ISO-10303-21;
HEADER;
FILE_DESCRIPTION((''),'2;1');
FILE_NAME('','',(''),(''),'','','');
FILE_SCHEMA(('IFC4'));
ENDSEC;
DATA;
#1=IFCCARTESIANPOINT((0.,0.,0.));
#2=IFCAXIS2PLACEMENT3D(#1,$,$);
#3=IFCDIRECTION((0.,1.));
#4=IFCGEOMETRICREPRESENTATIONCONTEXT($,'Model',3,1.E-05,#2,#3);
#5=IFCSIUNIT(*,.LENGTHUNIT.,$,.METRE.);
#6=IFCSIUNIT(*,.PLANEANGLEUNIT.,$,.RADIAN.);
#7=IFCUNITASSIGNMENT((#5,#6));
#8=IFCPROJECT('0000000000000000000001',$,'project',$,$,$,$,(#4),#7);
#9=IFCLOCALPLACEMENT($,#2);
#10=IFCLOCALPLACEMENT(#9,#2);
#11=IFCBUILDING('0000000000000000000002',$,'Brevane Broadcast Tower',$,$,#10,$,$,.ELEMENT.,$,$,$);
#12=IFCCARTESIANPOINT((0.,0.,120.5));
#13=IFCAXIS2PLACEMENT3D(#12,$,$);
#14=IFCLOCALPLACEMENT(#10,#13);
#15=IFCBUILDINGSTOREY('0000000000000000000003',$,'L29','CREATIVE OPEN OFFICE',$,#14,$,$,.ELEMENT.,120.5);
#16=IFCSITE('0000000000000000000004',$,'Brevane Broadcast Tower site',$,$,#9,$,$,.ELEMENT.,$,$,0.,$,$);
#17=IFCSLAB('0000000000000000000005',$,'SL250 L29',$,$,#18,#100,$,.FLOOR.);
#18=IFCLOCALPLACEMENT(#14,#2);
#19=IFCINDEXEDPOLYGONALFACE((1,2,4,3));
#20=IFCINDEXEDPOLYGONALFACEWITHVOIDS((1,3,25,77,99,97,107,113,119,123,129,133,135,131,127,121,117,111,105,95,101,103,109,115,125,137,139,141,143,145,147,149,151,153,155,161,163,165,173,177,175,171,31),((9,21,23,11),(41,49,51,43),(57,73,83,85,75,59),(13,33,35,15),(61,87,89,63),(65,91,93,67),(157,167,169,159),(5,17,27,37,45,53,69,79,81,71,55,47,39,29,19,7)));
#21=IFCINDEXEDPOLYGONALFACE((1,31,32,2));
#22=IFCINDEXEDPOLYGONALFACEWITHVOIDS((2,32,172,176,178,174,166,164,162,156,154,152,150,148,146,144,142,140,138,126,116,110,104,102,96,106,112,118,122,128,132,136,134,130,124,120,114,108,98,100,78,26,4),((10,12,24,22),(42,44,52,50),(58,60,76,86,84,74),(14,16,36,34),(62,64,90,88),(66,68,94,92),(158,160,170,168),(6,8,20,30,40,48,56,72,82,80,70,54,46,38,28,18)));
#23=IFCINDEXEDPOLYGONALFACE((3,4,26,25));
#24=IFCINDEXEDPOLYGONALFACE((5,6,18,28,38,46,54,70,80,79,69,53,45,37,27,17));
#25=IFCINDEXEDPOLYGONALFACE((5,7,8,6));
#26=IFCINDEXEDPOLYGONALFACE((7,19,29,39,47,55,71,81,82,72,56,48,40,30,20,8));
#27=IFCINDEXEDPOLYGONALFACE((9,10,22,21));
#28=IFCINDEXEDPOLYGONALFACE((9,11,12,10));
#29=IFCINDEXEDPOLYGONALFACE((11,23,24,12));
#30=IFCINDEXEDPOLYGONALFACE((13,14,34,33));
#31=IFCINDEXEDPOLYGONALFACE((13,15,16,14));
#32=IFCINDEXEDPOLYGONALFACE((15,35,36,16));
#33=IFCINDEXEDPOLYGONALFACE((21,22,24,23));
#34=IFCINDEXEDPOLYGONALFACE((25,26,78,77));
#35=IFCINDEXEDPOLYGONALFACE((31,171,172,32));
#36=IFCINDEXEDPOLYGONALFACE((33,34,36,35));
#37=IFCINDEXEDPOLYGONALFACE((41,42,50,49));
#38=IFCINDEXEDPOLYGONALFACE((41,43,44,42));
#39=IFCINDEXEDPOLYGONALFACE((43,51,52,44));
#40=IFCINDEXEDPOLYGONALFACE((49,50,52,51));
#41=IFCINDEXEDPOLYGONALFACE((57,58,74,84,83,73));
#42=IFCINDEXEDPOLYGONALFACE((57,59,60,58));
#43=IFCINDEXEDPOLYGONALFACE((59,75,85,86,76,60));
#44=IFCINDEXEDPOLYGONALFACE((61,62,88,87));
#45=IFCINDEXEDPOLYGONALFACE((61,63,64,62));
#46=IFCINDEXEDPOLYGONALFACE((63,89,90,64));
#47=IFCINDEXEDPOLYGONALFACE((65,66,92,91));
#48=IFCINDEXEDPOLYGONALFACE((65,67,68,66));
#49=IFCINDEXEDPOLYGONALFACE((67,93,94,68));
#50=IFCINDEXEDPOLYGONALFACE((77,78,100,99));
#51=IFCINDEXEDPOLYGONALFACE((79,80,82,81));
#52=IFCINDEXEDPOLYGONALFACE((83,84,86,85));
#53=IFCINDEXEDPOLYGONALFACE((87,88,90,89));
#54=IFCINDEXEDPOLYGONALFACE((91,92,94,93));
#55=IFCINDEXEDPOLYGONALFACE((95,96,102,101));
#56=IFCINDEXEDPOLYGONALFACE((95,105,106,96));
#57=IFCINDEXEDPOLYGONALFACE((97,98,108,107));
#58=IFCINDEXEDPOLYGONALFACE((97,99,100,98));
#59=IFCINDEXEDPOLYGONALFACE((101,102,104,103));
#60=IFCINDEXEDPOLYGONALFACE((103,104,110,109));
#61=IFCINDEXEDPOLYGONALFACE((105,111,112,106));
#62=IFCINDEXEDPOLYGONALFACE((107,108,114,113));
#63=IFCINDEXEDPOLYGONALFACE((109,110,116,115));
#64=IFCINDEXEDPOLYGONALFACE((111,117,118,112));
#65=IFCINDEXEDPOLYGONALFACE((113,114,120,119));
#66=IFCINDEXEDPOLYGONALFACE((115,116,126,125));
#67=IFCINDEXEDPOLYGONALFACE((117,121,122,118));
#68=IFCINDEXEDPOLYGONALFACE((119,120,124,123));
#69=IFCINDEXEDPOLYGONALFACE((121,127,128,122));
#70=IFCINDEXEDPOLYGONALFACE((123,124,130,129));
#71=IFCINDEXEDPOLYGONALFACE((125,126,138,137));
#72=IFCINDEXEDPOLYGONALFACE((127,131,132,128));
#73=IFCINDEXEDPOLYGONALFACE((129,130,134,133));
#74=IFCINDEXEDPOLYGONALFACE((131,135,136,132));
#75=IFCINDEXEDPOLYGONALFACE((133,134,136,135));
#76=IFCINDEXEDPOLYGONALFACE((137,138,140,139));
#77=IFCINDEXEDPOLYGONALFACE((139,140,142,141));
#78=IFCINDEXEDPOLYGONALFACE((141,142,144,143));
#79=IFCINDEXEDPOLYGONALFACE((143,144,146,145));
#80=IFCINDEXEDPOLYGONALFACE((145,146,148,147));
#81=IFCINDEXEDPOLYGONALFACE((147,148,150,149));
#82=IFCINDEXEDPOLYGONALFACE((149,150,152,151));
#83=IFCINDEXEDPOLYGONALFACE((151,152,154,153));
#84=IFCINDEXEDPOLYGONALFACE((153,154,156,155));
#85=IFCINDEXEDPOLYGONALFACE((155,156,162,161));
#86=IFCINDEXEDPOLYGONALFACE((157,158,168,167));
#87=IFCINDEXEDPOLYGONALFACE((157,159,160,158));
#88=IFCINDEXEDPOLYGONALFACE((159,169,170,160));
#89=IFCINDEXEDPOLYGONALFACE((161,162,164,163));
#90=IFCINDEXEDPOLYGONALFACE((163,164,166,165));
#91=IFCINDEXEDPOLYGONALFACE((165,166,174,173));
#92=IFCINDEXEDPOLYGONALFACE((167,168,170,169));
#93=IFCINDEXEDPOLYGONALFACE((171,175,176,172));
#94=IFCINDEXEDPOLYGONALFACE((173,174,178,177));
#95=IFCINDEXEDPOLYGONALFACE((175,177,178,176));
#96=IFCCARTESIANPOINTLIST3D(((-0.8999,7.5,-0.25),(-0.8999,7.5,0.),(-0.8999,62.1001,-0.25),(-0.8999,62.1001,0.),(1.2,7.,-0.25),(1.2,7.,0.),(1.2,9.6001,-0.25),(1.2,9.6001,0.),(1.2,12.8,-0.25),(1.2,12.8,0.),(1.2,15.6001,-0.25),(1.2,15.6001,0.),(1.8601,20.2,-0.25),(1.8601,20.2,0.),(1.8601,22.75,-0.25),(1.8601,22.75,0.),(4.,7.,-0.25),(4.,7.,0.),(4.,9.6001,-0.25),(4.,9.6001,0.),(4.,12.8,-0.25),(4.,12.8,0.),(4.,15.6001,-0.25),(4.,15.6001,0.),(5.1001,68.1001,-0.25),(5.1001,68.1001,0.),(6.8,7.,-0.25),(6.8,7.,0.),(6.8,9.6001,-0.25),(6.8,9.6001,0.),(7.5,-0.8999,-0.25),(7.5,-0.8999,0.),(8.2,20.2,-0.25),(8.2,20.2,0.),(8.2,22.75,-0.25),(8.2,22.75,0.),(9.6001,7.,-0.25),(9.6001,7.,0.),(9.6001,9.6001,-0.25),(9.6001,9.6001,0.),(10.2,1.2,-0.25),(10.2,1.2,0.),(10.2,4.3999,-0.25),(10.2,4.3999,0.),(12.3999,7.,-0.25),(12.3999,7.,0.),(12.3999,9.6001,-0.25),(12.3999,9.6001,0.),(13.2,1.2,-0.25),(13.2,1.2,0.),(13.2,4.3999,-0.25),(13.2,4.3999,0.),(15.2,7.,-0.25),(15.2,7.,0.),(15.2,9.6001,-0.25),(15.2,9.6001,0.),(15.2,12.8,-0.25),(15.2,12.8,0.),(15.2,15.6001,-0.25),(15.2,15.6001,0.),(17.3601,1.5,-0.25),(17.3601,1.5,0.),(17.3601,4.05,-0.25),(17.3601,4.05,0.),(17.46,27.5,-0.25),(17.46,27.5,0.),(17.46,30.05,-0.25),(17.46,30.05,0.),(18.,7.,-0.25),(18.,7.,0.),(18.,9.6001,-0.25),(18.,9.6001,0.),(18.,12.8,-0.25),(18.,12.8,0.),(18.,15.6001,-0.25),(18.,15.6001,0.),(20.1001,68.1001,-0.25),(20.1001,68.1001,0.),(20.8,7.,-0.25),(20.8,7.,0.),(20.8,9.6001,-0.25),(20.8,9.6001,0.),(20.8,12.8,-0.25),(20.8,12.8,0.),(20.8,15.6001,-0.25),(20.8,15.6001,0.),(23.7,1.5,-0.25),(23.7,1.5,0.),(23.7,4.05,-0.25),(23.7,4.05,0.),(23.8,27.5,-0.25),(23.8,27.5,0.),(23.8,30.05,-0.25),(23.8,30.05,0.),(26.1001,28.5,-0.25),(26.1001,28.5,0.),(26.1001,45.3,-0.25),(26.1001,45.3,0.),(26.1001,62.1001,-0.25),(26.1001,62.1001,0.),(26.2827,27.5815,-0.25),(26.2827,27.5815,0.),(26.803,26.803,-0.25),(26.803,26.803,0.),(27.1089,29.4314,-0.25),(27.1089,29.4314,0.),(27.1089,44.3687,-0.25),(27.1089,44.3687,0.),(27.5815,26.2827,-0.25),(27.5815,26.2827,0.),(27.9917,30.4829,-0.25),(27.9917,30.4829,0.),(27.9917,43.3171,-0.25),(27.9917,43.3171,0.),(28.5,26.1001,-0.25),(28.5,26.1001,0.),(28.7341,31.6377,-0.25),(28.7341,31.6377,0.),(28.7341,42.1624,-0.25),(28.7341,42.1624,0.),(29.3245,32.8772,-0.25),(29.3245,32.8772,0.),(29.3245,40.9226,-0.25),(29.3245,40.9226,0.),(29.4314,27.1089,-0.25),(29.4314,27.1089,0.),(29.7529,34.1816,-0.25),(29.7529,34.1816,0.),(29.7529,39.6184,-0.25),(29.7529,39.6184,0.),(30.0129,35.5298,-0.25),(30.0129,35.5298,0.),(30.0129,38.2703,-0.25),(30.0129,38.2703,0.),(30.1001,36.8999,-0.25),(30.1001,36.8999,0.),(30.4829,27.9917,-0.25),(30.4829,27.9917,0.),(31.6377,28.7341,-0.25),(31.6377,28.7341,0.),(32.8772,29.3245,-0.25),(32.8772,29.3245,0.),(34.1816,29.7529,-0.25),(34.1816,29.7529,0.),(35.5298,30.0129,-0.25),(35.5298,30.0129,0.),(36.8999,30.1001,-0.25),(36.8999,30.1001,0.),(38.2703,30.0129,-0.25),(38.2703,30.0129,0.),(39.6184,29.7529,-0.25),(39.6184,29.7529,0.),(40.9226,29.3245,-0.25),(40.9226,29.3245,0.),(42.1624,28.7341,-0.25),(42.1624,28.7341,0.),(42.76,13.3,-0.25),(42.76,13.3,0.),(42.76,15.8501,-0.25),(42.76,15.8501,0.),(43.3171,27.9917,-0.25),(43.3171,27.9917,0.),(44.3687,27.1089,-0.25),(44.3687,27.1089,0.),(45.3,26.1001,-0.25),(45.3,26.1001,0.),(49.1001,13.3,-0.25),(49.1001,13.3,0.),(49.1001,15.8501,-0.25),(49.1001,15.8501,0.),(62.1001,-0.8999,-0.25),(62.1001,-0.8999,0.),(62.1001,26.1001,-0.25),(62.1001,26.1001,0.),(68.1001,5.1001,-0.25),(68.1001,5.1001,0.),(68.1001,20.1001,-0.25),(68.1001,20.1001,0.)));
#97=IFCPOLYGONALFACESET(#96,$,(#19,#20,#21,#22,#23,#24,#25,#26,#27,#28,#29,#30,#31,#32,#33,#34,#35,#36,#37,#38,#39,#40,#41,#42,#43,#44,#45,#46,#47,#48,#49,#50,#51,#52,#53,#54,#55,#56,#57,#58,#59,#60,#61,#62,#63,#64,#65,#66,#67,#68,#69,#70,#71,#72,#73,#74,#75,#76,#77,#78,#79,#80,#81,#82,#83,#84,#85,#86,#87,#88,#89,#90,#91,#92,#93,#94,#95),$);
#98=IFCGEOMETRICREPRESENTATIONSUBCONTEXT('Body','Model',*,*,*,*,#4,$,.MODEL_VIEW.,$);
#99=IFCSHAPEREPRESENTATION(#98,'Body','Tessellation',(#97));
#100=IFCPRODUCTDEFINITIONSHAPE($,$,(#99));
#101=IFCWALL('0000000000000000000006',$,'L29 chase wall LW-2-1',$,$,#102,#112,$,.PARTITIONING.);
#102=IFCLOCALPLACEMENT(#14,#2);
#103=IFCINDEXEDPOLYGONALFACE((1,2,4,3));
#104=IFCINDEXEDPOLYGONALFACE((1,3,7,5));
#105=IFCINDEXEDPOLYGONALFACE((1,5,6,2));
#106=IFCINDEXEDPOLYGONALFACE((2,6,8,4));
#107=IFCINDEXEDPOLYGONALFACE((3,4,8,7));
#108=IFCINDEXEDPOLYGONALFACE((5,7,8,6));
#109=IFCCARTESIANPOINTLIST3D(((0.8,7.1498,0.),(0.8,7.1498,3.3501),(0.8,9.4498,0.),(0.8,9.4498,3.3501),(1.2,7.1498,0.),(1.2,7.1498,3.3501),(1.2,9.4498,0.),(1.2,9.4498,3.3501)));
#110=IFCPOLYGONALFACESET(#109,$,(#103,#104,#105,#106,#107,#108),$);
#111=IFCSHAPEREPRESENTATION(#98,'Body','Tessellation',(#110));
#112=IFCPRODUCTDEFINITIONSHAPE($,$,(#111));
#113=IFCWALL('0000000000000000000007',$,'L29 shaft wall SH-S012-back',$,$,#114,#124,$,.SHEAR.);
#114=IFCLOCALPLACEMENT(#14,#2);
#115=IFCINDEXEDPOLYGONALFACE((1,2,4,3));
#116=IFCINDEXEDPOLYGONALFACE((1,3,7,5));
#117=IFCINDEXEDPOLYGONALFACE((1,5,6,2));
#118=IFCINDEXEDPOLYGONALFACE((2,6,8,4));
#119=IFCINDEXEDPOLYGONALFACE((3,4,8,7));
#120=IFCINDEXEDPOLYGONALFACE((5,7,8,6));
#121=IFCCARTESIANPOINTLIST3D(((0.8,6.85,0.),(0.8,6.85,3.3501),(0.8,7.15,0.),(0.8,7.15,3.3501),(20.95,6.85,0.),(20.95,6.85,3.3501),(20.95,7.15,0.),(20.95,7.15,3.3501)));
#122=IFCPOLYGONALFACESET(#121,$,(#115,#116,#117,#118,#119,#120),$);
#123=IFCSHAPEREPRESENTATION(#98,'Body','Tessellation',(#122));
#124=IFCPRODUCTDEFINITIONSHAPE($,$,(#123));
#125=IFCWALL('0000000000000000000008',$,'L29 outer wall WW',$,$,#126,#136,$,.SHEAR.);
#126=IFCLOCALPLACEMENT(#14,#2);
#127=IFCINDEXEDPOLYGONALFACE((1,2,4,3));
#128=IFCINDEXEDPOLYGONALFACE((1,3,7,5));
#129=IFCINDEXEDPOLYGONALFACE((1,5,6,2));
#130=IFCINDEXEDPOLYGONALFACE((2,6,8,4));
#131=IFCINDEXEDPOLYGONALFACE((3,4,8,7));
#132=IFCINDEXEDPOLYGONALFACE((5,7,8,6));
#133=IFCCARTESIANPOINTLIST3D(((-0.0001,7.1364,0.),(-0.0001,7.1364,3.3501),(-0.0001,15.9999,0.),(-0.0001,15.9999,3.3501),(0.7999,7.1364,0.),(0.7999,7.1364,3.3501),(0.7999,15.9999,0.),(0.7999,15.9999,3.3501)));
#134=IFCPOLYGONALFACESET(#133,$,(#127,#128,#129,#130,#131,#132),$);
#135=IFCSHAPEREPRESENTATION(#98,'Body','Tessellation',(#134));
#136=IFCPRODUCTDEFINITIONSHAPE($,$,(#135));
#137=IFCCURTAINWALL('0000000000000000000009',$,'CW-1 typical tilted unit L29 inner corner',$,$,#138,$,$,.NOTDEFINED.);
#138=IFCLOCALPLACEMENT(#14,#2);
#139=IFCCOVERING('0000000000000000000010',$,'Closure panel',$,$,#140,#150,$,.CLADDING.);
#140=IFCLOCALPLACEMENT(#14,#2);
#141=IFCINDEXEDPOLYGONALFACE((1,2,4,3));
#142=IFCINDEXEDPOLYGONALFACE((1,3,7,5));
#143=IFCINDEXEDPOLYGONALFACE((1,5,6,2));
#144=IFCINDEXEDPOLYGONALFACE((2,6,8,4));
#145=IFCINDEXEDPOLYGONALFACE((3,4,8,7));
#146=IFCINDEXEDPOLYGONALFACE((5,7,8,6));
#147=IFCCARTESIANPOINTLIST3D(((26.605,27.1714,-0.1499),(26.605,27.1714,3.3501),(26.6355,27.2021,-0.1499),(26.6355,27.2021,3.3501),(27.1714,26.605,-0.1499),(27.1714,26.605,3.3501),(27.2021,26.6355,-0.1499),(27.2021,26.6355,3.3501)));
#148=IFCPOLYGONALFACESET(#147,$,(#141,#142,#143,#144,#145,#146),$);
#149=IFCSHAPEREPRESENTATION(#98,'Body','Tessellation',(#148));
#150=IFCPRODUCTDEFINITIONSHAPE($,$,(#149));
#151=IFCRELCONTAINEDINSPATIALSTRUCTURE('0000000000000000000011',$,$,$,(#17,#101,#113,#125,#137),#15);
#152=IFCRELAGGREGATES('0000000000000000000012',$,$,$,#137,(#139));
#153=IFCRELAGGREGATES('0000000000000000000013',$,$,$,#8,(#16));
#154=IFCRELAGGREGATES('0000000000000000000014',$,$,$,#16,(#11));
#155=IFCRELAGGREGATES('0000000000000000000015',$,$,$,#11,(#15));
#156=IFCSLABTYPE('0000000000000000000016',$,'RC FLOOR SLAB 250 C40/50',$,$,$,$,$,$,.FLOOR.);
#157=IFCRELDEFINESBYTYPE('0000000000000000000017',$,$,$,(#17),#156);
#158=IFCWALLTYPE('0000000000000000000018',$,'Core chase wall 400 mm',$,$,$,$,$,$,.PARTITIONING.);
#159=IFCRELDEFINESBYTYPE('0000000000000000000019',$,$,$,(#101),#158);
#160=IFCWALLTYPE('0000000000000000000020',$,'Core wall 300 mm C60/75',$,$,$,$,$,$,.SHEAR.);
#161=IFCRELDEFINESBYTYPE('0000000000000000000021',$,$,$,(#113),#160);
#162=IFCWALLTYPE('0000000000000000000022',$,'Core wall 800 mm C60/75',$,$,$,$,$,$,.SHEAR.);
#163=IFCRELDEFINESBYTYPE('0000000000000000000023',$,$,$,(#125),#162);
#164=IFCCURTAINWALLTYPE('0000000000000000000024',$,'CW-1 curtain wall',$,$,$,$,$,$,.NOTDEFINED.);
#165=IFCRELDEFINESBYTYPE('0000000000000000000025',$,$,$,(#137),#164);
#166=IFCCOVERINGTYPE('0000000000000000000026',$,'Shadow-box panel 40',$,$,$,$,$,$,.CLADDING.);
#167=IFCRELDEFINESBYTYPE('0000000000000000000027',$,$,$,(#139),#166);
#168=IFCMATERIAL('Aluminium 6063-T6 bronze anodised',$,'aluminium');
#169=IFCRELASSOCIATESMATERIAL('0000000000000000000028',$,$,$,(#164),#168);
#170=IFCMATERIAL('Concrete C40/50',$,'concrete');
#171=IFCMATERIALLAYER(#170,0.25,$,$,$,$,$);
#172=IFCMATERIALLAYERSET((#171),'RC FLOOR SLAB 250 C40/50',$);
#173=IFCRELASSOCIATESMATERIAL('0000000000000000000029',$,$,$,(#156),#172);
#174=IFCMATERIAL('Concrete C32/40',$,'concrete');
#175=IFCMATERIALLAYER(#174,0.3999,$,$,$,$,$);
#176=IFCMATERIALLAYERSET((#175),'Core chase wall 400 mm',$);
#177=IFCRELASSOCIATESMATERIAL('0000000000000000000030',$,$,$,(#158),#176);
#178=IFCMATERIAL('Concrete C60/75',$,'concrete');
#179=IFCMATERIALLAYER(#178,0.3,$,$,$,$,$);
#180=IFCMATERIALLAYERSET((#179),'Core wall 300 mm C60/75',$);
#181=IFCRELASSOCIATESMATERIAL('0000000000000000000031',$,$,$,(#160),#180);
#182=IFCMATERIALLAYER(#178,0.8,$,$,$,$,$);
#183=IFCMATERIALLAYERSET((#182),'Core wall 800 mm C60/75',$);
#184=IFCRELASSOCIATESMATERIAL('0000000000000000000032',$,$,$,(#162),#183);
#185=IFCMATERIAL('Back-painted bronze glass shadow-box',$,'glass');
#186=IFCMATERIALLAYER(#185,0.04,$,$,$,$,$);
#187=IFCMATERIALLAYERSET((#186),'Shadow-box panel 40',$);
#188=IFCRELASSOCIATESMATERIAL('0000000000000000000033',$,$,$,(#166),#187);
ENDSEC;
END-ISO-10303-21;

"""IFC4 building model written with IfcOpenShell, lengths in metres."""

from ifc_helpers import new_model, si_unit, direction, frame, frame_2d, origin, place, context, subcontext, project, spatial, polyline, rectangle, outline, extrude, material, layer, layer_set, type_object, element, aggregate, save


model = new_model("IFC4")

# Units and contexts
model_context = context("Model", 3, precision=1e-05, world=origin(), true_north=direction((0.0, 1.0)))
body_context = subcontext(model_context, "Body", "Model", "MODEL_VIEW")
ifc_project = project(units=[si_unit("LENGTHUNIT", "METRE"), si_unit("PLANEANGLEUNIT", "RADIAN")], contexts=[model_context])

# Site, building, storey
site_placement = place(None, origin())
site = spatial("IfcSite", under=ifc_project, at=site_placement, Name="Brevane Broadcast Tower site", CompositionType="ELEMENT", RefElevation=0.0)
building_placement = place(site_placement, origin())
building = spatial("IfcBuilding", under=site, at=building_placement, Name="Brevane Broadcast Tower", CompositionType="ELEMENT")
storey_placement = place(building_placement, frame((0.0, 0.0, 120.5)))
storey = spatial("IfcBuildingStorey", under=building, at=storey_placement, Name="L29", Description="CREATIVE OPEN OFFICE", CompositionType="ELEMENT", Elevation=120.5)

# Shared definitions
ifc_material_1 = material(Name="Aluminium 6063-T6 bronze anodised", Category="aluminium")
curtain_wall_type = type_object("IfcCurtainWallType", Name="CW-1 curtain wall", PredefinedType="NOTDEFINED", material=ifc_material_1)

# Slab
ifc_material_2 = material(Name="Concrete C40/50", Category="concrete")
ifc_layer_1 = layer(ifc_material_2, 0.25)
ifc_layer_set_1 = layer_set([ifc_layer_1], Name="RC FLOOR SLAB 250 C40/50")
slab_type_1 = type_object("IfcSlabType", Name="RC FLOOR SLAB 250 C40/50", PredefinedType="FLOOR", material=ifc_layer_set_1)
slab_1_placement = place(storey_placement, frame((0.0, 0.0, -0.25)))
element("IfcSlab", 1, at=slab_1_placement, inside=storey, type_object=slab_type_1, Name="SL250 L29", PredefinedType="FLOOR", context=body_context, shape_type="SweptSolid", body=[
    extrude(outline(polyline([(-0.8999, 7.5), (-0.8999, 62.1001), (5.1001, 68.1001), (20.1001, 68.1001), (26.1001, 62.1001), (26.1001, 45.3), (27.1089, 44.3687), (27.9917, 43.3171), (28.7341, 42.1624), (29.3245, 40.9226), (29.7529, 39.6184), (30.0129, 38.2703), (30.1001, 36.8999), (30.0129, 35.5298), (29.7529, 34.1816), (29.3245, 32.8772), (28.7341, 31.6377), (27.9917, 30.4829), (27.1089, 29.4314), (26.1001, 28.5), (26.2827, 27.5815), (26.803, 26.803), (27.5815, 26.2827), (28.5, 26.1001), (29.4314, 27.1089), (30.4829, 27.9917), (31.6377, 28.7341), (32.8772, 29.3245), (34.1816, 29.7529), (35.5298, 30.0129), (36.8999, 30.1001), (38.2703, 30.0129), (39.6184, 29.7529), (40.9226, 29.3245), (42.1624, 28.7341), (43.3171, 27.9917), (44.3687, 27.1089), (45.3, 26.1001), (62.1001, 26.1001), (68.1001, 20.1001), (68.1001, 5.1001), (62.1001, -0.8999), (7.5, -0.8999), (-0.8999, 7.5)]), holes=[polyline([(13.2, 4.3999), (10.2, 4.3999), (10.2, 1.2), (13.2, 1.2), (13.2, 4.3999)]), polyline([(4.0, 9.6001), (1.2, 9.6001), (1.2, 7.0), (4.0, 7.0), (6.8, 7.0), (9.6001, 7.0), (12.3999, 7.0), (15.2, 7.0), (18.0, 7.0), (20.8, 7.0), (20.8, 9.6001), (18.0, 9.6001), (15.2, 9.6001), (12.3999, 9.6001), (9.6001, 9.6001), (6.8, 9.6001), (4.0, 9.6001)]), polyline([(4.0, 12.8), (4.0, 15.6001), (1.2, 15.6001), (1.2, 12.8), (4.0, 12.8)]), polyline([(8.2, 22.75), (1.8601, 22.75), (1.8601, 20.2), (8.2, 20.2), (8.2, 22.75)]), polyline([(23.7, 4.05), (17.3601, 4.05), (17.3601, 1.5), (23.7, 1.5), (23.7, 4.05)]), polyline([(18.0, 15.6001), (15.2, 15.6001), (15.2, 12.8), (18.0, 12.8), (20.8, 12.8), (20.8, 15.6001), (18.0, 15.6001)]), polyline([(49.1001, 15.8501), (42.76, 15.8501), (42.76, 13.3), (49.1001, 13.3), (49.1001, 15.8501)]), polyline([(23.8, 30.05), (17.46, 30.05), (17.46, 27.5), (23.8, 27.5), (23.8, 30.05)])]), origin(), (0.0, 0.0, 1.0), 0.25),
])

# Walls
ifc_material_3 = material(Name="Concrete C32/40", Category="concrete")
ifc_layer_2 = layer(ifc_material_3, 0.3999)
ifc_layer_set_2 = layer_set([ifc_layer_2], Name="Core chase wall 400 mm")
wall_type_1 = type_object("IfcWallType", Name="Core chase wall 400 mm", PredefinedType="PARTITIONING", material=ifc_layer_set_2)
wall_1_placement = place(storey_placement, frame((1.0, 7.1499, 0.0), z_axis=(0.0, 0.0, 1.0), x_axis=(0.0, 1.0, 0.0)))
element("IfcWall", 2, at=wall_1_placement, inside=storey, type_object=wall_type_1, Name="L29 chase wall LW-2-1", PredefinedType="PARTITIONING", context=body_context, shape_type="SweptSolid", body=[
    extrude(rectangle(XDim=2.3, YDim=0.3999, at=frame_2d((1.1499, 0.0))), origin(), (0.0, 0.0, 1.0), 3.3501),
])
ifc_material_4 = material(Name="Concrete C60/75", Category="concrete")
ifc_layer_3 = layer(ifc_material_4, 0.3)
ifc_layer_set_3 = layer_set([ifc_layer_3], Name="Core wall 300 mm C60/75")
wall_type_2 = type_object("IfcWallType", Name="Core wall 300 mm C60/75", PredefinedType="SHEAR", material=ifc_layer_set_3)
wall_2_placement = place(storey_placement, frame((0.8, 7.0, 0.0), z_axis=(0.0, 0.0, 1.0), x_axis=(1.0, 0.0, 0.0)))
element("IfcWall", 3, at=wall_2_placement, inside=storey, type_object=wall_type_2, Name="L29 shaft wall SH-S012-back", PredefinedType="SHEAR", context=body_context, shape_type="SweptSolid", body=[
    extrude(rectangle(XDim=20.1499, YDim=0.3, at=frame_2d((10.075, 0.0))), origin(), (0.0, 0.0, 1.0), 3.3501),
])
ifc_layer_4 = layer(ifc_material_4, 0.8)
ifc_layer_set_4 = layer_set([ifc_layer_4], Name="Core wall 800 mm C60/75")
wall_type_3 = type_object("IfcWallType", Name="Core wall 800 mm C60/75", PredefinedType="SHEAR", material=ifc_layer_set_4)
wall_3_placement = place(storey_placement, frame((0.3999, 7.1365, 0.0), z_axis=(0.0, 0.0, 1.0), x_axis=(0.0, 1.0, 0.0)))
element("IfcWall", 4, at=wall_3_placement, inside=storey, type_object=wall_type_3, Name="L29 outer wall WW", PredefinedType="SHEAR", context=body_context, shape_type="SweptSolid", body=[
    extrude(rectangle(XDim=8.8635, YDim=0.8, at=frame_2d((4.4316, 0.0))), origin(), (0.0, 0.0, 1.0), 3.3501),
])

# Curtain wall, covering
curtain_wall_1_placement = place(storey_placement, origin())
curtain_wall_1 = element("IfcCurtainWall", 5, at=curtain_wall_1_placement, inside=storey, type_object=curtain_wall_type, Name="CW-1 typical tilted unit L29 inner corner", PredefinedType="NOTDEFINED")
ifc_material_5 = material(Name="Back-painted bronze glass shadow-box", Category="glass")
ifc_layer_5 = layer(ifc_material_5, 0.04)
ifc_layer_set_5 = layer_set([ifc_layer_5], Name="Shadow-box panel 40")
covering_type = type_object("IfcCoveringType", Name="Shadow-box panel 40", PredefinedType="CLADDING", material=ifc_layer_set_5)
covering_placement = place(storey_placement, frame((0.0, 0.0, -0.1499)))
covering = element("IfcCovering", 6, at=covering_placement, type_object=covering_type, Name="Closure panel", PredefinedType="CLADDING", context=body_context, shape_type="SweptSolid", body=[
    extrude(outline(polyline([(27.1714, 26.605), (27.2021, 26.6355), (26.6355, 27.2021), (26.605, 27.1714), (27.1714, 26.605)])), origin(), (0.0, 0.0, 1.0), 3.5),
])
aggregate(curtain_wall_1, [covering])

save(model, "model.ifc")
